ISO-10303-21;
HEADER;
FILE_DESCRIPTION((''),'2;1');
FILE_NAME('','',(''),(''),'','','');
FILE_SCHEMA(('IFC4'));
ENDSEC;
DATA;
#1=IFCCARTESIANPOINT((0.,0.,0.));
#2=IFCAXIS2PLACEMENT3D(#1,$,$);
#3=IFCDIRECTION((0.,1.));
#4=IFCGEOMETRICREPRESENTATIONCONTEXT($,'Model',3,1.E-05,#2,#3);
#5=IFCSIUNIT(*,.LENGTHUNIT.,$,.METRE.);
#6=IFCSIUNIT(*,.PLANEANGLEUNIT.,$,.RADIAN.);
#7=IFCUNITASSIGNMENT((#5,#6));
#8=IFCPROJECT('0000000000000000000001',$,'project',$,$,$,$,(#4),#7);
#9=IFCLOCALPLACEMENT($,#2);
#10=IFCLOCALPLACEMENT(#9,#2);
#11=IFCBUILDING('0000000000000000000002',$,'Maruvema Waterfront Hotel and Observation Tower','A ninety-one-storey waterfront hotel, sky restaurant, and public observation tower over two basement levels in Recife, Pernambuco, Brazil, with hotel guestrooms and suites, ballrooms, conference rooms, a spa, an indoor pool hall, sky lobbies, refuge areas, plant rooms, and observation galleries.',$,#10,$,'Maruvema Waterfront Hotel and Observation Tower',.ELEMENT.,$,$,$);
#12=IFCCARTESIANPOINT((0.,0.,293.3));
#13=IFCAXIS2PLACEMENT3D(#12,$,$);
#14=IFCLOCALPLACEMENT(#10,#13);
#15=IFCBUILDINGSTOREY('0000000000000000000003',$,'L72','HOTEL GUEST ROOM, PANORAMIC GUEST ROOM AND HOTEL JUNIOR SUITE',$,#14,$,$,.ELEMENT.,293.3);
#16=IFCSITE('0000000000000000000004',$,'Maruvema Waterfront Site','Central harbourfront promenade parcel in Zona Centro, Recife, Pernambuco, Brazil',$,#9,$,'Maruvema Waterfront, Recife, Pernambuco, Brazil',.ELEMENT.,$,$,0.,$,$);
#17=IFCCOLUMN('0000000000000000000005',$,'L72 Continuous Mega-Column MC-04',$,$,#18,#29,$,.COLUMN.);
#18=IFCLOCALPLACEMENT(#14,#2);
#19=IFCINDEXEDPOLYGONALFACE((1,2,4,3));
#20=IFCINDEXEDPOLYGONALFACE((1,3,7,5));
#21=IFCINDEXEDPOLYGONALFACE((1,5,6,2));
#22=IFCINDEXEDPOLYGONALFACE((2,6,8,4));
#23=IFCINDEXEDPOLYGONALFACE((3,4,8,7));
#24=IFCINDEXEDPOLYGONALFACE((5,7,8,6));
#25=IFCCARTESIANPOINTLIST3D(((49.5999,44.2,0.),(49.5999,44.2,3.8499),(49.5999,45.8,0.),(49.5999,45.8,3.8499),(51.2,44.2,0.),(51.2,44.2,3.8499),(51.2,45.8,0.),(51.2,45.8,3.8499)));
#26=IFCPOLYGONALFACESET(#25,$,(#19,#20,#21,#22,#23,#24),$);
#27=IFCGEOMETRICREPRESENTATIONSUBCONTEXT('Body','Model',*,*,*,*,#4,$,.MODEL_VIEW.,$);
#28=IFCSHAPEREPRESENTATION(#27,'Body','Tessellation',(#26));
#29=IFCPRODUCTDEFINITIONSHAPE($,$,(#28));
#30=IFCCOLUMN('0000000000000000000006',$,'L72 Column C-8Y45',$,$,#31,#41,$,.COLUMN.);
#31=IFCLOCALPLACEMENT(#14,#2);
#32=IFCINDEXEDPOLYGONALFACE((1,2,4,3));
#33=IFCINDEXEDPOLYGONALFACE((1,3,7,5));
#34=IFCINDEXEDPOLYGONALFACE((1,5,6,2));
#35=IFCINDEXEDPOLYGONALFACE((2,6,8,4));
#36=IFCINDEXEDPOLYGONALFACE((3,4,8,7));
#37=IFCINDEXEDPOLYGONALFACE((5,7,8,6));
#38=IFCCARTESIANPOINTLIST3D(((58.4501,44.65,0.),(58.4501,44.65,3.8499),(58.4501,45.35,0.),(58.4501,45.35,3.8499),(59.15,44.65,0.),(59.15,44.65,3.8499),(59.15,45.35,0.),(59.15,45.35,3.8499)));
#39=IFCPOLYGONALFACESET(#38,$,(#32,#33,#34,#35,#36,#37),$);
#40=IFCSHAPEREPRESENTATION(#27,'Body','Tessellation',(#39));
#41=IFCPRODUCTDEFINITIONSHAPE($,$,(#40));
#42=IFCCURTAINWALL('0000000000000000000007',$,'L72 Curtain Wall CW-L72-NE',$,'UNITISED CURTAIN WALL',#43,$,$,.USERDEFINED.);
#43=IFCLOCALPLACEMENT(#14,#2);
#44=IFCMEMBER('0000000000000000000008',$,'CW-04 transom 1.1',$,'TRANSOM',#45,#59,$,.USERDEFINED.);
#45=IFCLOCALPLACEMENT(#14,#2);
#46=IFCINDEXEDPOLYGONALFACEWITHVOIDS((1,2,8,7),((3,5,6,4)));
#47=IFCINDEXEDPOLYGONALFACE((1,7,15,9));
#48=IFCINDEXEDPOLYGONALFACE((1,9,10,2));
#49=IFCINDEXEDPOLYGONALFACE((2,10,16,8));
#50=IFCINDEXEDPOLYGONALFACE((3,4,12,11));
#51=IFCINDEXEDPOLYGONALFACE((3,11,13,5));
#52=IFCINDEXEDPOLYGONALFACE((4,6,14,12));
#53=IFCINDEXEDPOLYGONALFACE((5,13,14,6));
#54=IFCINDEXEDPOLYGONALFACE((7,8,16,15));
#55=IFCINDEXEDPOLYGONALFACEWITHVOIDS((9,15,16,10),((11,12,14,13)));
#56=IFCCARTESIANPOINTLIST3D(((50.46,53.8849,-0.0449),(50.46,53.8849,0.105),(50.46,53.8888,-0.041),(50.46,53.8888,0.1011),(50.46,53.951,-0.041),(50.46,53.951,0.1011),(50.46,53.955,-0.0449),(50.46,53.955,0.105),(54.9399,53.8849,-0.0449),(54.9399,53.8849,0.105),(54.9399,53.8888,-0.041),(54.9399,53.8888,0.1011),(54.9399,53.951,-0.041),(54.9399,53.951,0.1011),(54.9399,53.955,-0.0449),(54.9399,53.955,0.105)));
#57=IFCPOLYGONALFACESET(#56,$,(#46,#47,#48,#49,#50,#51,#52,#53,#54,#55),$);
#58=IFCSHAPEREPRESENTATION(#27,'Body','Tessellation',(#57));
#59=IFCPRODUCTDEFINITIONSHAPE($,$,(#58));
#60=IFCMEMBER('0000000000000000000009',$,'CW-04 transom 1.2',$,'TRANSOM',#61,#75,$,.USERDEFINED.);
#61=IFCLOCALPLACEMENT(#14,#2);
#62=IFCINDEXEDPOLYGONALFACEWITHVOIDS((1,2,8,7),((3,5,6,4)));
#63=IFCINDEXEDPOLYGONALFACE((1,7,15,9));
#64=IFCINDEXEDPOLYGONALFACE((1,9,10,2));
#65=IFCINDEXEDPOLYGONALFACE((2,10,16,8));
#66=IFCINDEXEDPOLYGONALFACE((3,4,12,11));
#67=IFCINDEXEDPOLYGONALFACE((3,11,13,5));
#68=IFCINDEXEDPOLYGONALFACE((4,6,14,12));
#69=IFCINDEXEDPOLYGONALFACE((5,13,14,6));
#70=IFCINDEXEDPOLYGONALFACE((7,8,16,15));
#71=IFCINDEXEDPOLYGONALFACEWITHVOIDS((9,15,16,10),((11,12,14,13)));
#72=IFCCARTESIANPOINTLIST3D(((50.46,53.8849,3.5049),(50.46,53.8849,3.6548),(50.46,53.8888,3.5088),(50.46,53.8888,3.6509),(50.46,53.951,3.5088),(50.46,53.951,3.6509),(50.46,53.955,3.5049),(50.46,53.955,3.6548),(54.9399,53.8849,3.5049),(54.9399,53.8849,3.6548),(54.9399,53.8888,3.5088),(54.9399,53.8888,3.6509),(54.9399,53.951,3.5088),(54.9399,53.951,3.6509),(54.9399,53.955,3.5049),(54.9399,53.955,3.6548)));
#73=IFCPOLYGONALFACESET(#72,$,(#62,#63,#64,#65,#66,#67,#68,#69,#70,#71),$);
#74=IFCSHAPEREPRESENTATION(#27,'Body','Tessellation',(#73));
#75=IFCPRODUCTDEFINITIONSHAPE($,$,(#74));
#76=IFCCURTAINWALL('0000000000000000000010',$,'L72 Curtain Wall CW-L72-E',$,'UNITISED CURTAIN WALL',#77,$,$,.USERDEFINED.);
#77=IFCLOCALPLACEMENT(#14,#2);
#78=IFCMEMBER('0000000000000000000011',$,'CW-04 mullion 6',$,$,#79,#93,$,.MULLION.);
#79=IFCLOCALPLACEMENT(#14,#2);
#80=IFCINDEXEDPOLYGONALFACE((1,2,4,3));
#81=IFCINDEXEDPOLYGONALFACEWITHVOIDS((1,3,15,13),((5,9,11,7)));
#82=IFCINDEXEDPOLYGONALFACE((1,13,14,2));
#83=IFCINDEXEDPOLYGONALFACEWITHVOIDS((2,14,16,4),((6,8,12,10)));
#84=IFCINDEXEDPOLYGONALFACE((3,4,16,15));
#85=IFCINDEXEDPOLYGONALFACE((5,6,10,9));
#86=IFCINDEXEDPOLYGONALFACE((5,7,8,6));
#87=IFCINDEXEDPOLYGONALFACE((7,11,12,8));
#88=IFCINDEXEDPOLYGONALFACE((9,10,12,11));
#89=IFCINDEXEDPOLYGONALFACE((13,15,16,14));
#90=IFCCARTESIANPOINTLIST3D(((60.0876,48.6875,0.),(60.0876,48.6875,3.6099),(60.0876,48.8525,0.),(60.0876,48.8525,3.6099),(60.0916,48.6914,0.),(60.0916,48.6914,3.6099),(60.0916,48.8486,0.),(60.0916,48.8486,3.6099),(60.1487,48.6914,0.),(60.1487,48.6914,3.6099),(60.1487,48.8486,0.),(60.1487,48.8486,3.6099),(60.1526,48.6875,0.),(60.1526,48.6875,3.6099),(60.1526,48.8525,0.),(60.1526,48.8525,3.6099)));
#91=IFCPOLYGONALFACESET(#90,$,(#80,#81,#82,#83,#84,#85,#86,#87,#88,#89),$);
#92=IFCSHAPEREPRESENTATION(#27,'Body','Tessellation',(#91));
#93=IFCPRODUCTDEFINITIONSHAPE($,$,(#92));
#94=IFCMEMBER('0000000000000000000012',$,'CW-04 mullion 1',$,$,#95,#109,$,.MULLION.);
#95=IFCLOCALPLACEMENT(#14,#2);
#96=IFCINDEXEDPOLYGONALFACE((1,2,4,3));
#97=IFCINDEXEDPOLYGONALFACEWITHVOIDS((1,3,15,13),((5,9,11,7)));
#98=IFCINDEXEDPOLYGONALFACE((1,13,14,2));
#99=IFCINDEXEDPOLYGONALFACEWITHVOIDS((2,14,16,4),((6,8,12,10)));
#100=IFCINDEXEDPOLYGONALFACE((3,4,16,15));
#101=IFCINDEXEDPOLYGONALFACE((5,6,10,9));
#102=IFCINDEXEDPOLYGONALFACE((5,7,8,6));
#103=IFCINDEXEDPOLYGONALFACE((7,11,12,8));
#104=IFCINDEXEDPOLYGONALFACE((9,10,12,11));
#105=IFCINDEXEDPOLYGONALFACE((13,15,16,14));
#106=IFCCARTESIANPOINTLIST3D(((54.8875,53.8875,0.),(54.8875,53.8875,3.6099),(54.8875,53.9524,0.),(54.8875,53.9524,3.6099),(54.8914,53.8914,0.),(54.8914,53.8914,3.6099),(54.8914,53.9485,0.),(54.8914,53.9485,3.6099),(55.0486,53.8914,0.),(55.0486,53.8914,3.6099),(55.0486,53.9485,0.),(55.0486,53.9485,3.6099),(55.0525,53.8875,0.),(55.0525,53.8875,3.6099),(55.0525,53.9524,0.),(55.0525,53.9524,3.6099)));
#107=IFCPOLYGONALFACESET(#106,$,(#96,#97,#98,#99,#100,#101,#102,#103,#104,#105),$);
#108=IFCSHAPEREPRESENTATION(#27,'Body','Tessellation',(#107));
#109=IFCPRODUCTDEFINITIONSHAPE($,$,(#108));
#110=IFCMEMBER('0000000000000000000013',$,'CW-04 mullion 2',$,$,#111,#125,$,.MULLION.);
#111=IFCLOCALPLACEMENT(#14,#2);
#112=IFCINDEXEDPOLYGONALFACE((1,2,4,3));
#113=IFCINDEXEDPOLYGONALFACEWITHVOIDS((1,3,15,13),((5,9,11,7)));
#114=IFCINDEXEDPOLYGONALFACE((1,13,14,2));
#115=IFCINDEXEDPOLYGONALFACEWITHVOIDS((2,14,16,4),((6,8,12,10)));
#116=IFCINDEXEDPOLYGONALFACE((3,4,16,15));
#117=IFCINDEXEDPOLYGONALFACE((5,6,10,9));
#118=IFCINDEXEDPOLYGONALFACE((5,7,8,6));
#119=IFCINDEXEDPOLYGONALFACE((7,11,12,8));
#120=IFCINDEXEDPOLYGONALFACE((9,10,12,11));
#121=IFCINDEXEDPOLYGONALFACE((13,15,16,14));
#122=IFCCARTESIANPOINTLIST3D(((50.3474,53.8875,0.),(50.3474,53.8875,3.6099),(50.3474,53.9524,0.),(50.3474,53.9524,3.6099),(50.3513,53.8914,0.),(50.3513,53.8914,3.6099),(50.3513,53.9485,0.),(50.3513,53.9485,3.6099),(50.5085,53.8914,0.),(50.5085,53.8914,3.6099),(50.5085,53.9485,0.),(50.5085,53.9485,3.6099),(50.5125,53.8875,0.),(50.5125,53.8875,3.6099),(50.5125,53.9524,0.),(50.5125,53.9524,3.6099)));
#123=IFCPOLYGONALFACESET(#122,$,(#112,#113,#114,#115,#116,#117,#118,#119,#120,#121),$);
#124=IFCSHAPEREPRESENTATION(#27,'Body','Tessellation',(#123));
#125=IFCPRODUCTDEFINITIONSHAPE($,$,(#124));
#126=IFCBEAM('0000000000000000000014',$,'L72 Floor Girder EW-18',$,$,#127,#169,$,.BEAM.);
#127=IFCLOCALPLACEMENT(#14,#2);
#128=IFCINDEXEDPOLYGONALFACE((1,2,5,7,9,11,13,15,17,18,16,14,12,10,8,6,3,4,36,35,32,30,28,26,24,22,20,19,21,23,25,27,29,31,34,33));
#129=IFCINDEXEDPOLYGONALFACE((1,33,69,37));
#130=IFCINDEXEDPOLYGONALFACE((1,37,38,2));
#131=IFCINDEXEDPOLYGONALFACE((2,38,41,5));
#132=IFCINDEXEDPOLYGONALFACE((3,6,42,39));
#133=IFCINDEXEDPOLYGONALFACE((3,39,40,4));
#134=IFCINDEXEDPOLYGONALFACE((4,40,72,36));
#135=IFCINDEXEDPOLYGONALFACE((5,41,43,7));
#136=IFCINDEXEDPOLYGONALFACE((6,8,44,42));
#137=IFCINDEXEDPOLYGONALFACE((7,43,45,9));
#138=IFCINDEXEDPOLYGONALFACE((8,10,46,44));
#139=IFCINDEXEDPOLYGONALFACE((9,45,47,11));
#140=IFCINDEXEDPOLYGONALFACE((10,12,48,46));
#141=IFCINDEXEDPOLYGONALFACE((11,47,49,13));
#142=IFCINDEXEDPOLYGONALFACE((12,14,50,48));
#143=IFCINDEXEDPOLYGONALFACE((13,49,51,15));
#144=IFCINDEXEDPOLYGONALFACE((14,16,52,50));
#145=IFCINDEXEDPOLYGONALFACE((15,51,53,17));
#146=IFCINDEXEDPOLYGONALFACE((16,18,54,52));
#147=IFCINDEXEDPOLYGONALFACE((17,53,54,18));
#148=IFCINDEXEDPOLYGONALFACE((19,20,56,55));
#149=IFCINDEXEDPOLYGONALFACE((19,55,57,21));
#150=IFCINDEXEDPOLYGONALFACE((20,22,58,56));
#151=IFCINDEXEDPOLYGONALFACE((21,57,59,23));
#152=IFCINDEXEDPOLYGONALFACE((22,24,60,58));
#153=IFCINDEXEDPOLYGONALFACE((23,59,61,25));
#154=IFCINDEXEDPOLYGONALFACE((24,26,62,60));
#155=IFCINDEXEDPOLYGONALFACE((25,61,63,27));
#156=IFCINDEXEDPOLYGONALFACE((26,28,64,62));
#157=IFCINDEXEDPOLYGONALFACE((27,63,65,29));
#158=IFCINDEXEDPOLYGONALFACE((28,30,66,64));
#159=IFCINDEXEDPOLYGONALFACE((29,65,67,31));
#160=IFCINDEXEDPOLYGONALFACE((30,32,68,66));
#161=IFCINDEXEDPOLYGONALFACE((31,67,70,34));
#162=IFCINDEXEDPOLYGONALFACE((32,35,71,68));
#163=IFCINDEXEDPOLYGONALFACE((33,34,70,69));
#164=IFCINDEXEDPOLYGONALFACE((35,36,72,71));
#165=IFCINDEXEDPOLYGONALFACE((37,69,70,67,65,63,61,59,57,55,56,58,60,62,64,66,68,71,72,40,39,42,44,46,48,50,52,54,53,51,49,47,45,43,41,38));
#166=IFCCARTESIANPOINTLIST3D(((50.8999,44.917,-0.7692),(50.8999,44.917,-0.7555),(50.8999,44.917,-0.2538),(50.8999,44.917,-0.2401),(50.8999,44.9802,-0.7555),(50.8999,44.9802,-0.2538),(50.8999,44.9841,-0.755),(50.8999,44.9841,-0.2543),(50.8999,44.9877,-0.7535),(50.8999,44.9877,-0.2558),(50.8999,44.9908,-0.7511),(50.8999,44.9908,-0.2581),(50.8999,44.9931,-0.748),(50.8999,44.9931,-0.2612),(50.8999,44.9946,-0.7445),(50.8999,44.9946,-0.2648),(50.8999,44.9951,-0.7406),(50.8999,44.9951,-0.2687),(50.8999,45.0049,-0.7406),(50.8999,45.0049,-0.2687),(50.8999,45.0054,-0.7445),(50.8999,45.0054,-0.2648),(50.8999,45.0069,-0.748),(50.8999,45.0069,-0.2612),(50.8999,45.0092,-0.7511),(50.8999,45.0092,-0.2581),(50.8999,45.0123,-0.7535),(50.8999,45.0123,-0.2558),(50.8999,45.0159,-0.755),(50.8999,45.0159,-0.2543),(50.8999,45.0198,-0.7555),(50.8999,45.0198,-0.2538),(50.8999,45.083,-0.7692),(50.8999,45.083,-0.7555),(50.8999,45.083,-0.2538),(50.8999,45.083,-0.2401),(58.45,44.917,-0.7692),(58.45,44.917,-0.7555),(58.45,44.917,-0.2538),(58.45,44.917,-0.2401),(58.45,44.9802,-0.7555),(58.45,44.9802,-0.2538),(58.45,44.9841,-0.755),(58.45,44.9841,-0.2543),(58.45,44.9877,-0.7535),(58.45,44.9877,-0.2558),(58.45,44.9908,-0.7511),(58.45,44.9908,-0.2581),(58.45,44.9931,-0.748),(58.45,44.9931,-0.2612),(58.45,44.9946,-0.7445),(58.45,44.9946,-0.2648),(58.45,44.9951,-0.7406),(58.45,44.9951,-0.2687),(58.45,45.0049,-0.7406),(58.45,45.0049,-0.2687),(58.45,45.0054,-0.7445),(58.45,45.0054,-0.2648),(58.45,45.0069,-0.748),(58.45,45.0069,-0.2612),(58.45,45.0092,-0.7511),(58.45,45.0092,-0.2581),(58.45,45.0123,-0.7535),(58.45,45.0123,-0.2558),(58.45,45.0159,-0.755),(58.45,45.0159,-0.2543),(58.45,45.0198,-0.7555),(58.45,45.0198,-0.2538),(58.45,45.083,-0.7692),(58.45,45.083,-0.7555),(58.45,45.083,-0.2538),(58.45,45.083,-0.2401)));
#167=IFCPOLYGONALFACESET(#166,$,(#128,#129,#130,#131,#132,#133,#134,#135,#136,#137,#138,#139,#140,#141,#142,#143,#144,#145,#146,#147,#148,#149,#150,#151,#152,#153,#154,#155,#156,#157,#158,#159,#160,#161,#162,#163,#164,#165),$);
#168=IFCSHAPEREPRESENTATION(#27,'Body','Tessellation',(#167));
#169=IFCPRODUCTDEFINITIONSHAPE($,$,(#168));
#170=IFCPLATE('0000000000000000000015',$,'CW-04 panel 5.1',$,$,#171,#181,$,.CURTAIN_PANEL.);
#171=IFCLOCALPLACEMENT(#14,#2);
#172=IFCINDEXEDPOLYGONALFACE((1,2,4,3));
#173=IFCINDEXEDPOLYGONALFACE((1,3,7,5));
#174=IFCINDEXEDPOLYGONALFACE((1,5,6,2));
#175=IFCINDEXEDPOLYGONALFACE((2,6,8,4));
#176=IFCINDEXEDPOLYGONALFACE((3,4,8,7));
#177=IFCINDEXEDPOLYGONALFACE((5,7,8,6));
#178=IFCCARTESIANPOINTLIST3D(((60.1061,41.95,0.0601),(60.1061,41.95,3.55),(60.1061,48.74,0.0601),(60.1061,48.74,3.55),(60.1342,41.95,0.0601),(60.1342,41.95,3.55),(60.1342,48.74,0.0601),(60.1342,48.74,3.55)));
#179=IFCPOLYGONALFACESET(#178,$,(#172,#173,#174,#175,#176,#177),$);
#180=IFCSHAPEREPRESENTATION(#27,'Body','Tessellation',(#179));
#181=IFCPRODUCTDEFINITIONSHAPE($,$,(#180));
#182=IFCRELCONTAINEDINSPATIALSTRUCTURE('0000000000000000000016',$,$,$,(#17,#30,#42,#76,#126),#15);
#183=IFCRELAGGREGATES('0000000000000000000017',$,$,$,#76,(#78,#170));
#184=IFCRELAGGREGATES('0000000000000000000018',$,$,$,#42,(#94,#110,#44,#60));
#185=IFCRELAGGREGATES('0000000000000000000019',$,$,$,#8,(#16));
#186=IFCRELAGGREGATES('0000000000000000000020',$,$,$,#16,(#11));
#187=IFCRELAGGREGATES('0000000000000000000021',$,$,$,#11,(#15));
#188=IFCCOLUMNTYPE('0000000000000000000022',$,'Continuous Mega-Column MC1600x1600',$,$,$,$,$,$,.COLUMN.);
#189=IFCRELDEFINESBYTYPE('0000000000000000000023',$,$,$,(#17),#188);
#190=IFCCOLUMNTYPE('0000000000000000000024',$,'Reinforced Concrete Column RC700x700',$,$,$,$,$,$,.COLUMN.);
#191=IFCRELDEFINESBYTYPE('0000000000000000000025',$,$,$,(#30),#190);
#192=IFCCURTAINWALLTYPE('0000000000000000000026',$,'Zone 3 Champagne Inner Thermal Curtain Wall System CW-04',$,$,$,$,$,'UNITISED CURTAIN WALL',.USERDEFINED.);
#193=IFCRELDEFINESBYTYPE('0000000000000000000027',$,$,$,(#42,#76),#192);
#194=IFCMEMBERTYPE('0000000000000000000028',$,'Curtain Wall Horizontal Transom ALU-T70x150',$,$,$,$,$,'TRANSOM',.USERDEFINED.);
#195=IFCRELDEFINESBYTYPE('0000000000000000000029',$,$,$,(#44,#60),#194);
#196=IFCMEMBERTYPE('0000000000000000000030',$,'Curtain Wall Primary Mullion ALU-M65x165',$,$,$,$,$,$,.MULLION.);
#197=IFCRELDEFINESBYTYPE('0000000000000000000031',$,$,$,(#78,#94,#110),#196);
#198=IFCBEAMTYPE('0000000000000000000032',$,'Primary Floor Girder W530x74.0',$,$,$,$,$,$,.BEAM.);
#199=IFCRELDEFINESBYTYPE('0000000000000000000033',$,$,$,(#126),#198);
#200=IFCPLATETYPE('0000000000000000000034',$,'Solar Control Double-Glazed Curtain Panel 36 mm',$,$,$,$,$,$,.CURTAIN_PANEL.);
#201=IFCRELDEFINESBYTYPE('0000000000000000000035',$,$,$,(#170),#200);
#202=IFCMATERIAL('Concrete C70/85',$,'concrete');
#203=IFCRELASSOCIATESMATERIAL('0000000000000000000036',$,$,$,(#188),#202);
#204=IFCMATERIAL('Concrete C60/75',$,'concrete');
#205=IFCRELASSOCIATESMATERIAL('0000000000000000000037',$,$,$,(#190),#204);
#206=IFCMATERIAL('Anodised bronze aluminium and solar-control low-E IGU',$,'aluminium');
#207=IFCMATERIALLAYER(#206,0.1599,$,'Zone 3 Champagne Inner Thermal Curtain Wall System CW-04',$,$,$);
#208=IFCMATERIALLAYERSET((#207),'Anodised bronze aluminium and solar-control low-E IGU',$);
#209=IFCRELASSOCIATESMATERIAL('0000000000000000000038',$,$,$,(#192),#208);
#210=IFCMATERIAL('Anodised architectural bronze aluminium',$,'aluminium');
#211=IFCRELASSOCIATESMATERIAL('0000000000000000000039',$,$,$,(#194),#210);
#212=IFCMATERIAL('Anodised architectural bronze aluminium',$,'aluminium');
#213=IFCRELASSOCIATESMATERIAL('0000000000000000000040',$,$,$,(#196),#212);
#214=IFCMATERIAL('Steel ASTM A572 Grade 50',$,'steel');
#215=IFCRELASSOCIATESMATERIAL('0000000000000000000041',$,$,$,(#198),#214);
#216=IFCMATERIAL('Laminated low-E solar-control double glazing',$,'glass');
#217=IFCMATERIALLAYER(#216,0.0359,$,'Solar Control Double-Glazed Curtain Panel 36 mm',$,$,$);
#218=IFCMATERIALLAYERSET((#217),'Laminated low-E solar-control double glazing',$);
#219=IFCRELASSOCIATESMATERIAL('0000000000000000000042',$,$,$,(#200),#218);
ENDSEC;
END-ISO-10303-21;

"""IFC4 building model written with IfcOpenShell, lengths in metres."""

from ifc_helpers import new_model, si_unit, direction, frame, origin, origin_2d, place, context, subcontext, project, spatial, rectangle, hollow_rectangle, i_section, extrude, material, layer, layer_set, material_profile, profile_set, type_object, element, aggregate, save


model = new_model("IFC4")

# Units and contexts
model_context = context("Model", 3, precision=1e-05, world=origin(), true_north=direction((0.0, 1.0)))
body_context = subcontext(model_context, "Body", "Model", "MODEL_VIEW")
ifc_project = project(units=[si_unit("LENGTHUNIT", "METRE"), si_unit("PLANEANGLEUNIT", "RADIAN")], contexts=[model_context])

# Site, building, storey
site_placement = place(None, origin())
site = spatial("IfcSite", under=ifc_project, at=site_placement, Name="Maruvema Waterfront Site", Description="Central harbourfront promenade parcel in Zona Centro, Recife, Pernambuco, Brazil", LongName="Maruvema Waterfront, Recife, Pernambuco, Brazil", CompositionType="ELEMENT", RefElevation=0.0)
building_placement = place(site_placement, origin())
building = spatial("IfcBuilding", under=site, at=building_placement, Name="Maruvema Waterfront Hotel and Observation Tower", Description="A ninety-one-storey waterfront hotel, sky restaurant, and public observation tower over two basement levels in Recife, Pernambuco, Brazil, with hotel guestrooms and suites, ballrooms, conference rooms, a spa, an indoor pool hall, sky lobbies, refuge areas, plant rooms, and observation galleries.", LongName="Maruvema Waterfront Hotel and Observation Tower", CompositionType="ELEMENT")
storey_placement = place(building_placement, frame((0.0, 0.0, 293.3)))
storey = spatial("IfcBuildingStorey", under=building, at=storey_placement, Name="L72", Description="HOTEL GUEST ROOM, PANORAMIC GUEST ROOM AND HOTEL JUNIOR SUITE", CompositionType="ELEMENT", Elevation=293.3)

# Columns
ifc_material_1 = material(Name="Concrete C70/85", Category="concrete")
ifc_material_profile_1 = material_profile(ifc_material_1, rectangle(XDim=1.6001, YDim=1.6001, at=origin_2d()), Name="MC1600x1600")
ifc_profile_set_1 = profile_set([ifc_material_profile_1], Name="Concrete C70/85")
column_type_1 = type_object("IfcColumnType", Name="Continuous Mega-Column MC1600x1600", PredefinedType="COLUMN", material=ifc_profile_set_1)
column_1_placement = place(storey_placement, frame((50.3999, 45.0, 0.0), z_axis=(0.0, 0.0, 1.0), x_axis=(1.0, 0.0, 0.0)))
element("IfcColumn", 1, at=column_1_placement, inside=storey, type_object=column_type_1, Name="L72 Continuous Mega-Column MC-04", PredefinedType="COLUMN", context=body_context, shape_type="SweptSolid", body=[
    extrude(rectangle(XDim=1.6001, YDim=1.6001, at=origin_2d()), origin(), (0.0, 0.0, 1.0), 3.8499),
])
ifc_material_2 = material(Name="Concrete C60/75", Category="concrete")
ifc_material_profile_2 = material_profile(ifc_material_2, rectangle(XDim=0.7, YDim=0.7, at=origin_2d()), Name="RC700x700")
ifc_profile_set_2 = profile_set([ifc_material_profile_2], Name="Concrete C60/75")
column_type_2 = type_object("IfcColumnType", Name="Reinforced Concrete Column RC700x700", PredefinedType="COLUMN", material=ifc_profile_set_2)
column_2_placement = place(storey_placement, frame((58.8, 45.0, 0.0), z_axis=(0.0, 0.0, 1.0), x_axis=(1.0, 0.0, 0.0)))
element("IfcColumn", 2, at=column_2_placement, inside=storey, type_object=column_type_2, Name="L72 Column C-8Y45", PredefinedType="COLUMN", context=body_context, shape_type="SweptSolid", body=[
    extrude(rectangle(XDim=0.7, YDim=0.7, at=origin_2d()), origin(), (0.0, 0.0, 1.0), 3.8499),
])

# Curtain wall, members
ifc_material_3 = material(Name="Anodised bronze aluminium and solar-control low-E IGU", Category="aluminium")
ifc_layer_1 = layer(ifc_material_3, 0.1599, Name="Zone 3 Champagne Inner Thermal Curtain Wall System CW-04")
ifc_layer_set_1 = layer_set([ifc_layer_1], Name="Anodised bronze aluminium and solar-control low-E IGU")
curtain_wall_type = type_object("IfcCurtainWallType", Name="Zone 3 Champagne Inner Thermal Curtain Wall System CW-04", ElementType="UNITISED CURTAIN WALL", PredefinedType="USERDEFINED", material=ifc_layer_set_1)
curtain_wall_1_placement = place(storey_placement, origin())
curtain_wall_1 = element("IfcCurtainWall", 3, at=curtain_wall_1_placement, inside=storey, type_object=curtain_wall_type, Name="L72 Curtain Wall CW-L72-NE", ObjectType="UNITISED CURTAIN WALL", PredefinedType="USERDEFINED")
ifc_material_4 = material(Name="Anodised architectural bronze aluminium", Category="aluminium")
ifc_material_profile_3 = material_profile(ifc_material_4, hollow_rectangle(XDim=0.0701, YDim=0.1499, WallThickness=0.0039, at=origin_2d()), Name="ALU-T70x150")
ifc_profile_set_3 = profile_set([ifc_material_profile_3], Name="Anodised architectural bronze aluminium")
member_type_1 = type_object("IfcMemberType", Name="Curtain Wall Horizontal Transom ALU-T70x150", ElementType="TRANSOM", PredefinedType="USERDEFINED", material=ifc_profile_set_3)
member_1_placement = place(storey_placement, frame((54.9399, 53.9199, 0.03), z_axis=(-1.0, 0.0, 0.0), x_axis=(0.0, -1.0, 0.0)))
member_1 = element("IfcMember", 4, at=member_1_placement, type_object=member_type_1, Name="CW-04 transom 1.1", ObjectType="TRANSOM", PredefinedType="USERDEFINED", context=body_context, shape_type="SweptSolid", body=[
    extrude(hollow_rectangle(XDim=0.0701, YDim=0.1499, WallThickness=0.0039, at=origin_2d()), origin(), (0.0, 0.0, 1.0), 4.48),
])
member_2_placement = place(storey_placement, frame((54.9399, 53.9199, 3.5798), z_axis=(-1.0, 0.0, 0.0), x_axis=(0.0, -1.0, 0.0)))
member_2 = element("IfcMember", 5, at=member_2_placement, type_object=member_type_1, Name="CW-04 transom 1.2", ObjectType="TRANSOM", PredefinedType="USERDEFINED", context=body_context, shape_type="SweptSolid", body=[
    extrude(hollow_rectangle(XDim=0.0701, YDim=0.1499, WallThickness=0.0039, at=origin_2d()), origin(), (0.0, 0.0, 1.0), 4.48),
])

# Curtain wall, member
curtain_wall_2_placement = place(storey_placement, origin())
curtain_wall_2 = element("IfcCurtainWall", 6, at=curtain_wall_2_placement, inside=storey, type_object=curtain_wall_type, Name="L72 Curtain Wall CW-L72-E", ObjectType="UNITISED CURTAIN WALL", PredefinedType="USERDEFINED")
ifc_material_5 = material(Name="Anodised architectural bronze aluminium", Category="aluminium")
ifc_material_profile_4 = material_profile(ifc_material_5, hollow_rectangle(XDim=0.0649, YDim=0.165, WallThickness=0.0039, at=origin_2d()), Name="ALU-M65x165")
ifc_profile_set_4 = profile_set([ifc_material_profile_4], Name="Anodised architectural bronze aluminium")
member_type_2 = type_object("IfcMemberType", Name="Curtain Wall Primary Mullion ALU-M65x165", PredefinedType="MULLION", material=ifc_profile_set_4)
member_3_placement = place(storey_placement, frame((60.1201, 48.77, 0.0), z_axis=(0.0, 0.0, 1.0), x_axis=(-1.0, 0.0, 0.0)))
member_3 = element("IfcMember", 7, at=member_3_placement, type_object=member_type_2, Name="CW-04 mullion 6", PredefinedType="MULLION", context=body_context, shape_type="SweptSolid", body=[
    extrude(hollow_rectangle(XDim=0.0649, YDim=0.165, WallThickness=0.0039, at=origin_2d()), origin(), (0.0, 0.0, 1.0), 3.6099),
])

# Members
member_4_placement = place(storey_placement, frame((54.97, 53.9199, 0.0), z_axis=(0.0, 0.0, 1.0), x_axis=(0.0, -1.0, 0.0)))
member_4 = element("IfcMember", 8, at=member_4_placement, type_object=member_type_2, Name="CW-04 mullion 1", PredefinedType="MULLION", context=body_context, shape_type="SweptSolid", body=[
    extrude(hollow_rectangle(XDim=0.0649, YDim=0.165, WallThickness=0.0039, at=origin_2d()), origin(), (0.0, 0.0, 1.0), 3.6099),
])
member_5_placement = place(storey_placement, frame((50.4299, 53.9199, 0.0), z_axis=(0.0, 0.0, 1.0), x_axis=(0.0, -1.0, 0.0)))
member_5 = element("IfcMember", 9, at=member_5_placement, type_object=member_type_2, Name="CW-04 mullion 2", PredefinedType="MULLION", context=body_context, shape_type="SweptSolid", body=[
    extrude(hollow_rectangle(XDim=0.0649, YDim=0.165, WallThickness=0.0039, at=origin_2d()), origin(), (0.0, 0.0, 1.0), 3.6099),
])

# Beam
ifc_material_6 = material(Name="Steel ASTM A572 Grade 50", Category="steel")
ifc_material_profile_5 = material_profile(ifc_material_6, i_section(OverallWidth=0.166, OverallDepth=0.5291, WebThickness=0.0098, FlangeThickness=0.0137, FilletRadius=0.0149, at=origin_2d()), Name="W530x74.0")
ifc_profile_set_5 = profile_set([ifc_material_profile_5], Name="Steel ASTM A572 Grade 50")
beam_type = type_object("IfcBeamType", Name="Primary Floor Girder W530x74.0", PredefinedType="BEAM", material=ifc_profile_set_5)
beam_placement = place(storey_placement, frame((50.8999, 45.0, -0.5046), z_axis=(1.0, 0.0, 0.0), x_axis=(0.0, 1.0, 0.0)))
element("IfcBeam", 10, at=beam_placement, inside=storey, type_object=beam_type, Name="L72 Floor Girder EW-18", PredefinedType="BEAM", context=body_context, shape_type="SweptSolid", body=[
    extrude(i_section(OverallWidth=0.166, OverallDepth=0.5291, WebThickness=0.0098, FlangeThickness=0.0137, FilletRadius=0.0149, at=origin_2d()), origin(), (0.0, 0.0, 1.0), 7.55),
])

# Plate
ifc_material_7 = material(Name="Laminated low-E solar-control double glazing", Category="glass")
ifc_layer_2 = layer(ifc_material_7, 0.0359, Name="Solar Control Double-Glazed Curtain Panel 36 mm")
ifc_layer_set_2 = layer_set([ifc_layer_2], Name="Laminated low-E solar-control double glazing")
plate_type = type_object("IfcPlateType", Name="Solar Control Double-Glazed Curtain Panel 36 mm", PredefinedType="CURTAIN_PANEL", material=ifc_layer_set_2)
plate_1_placement = place(storey_placement, frame((60.1201, 45.345, 0.0601), z_axis=(0.0, 0.0, 1.0), x_axis=(0.0, 1.0, 0.0)))
plate_1 = element("IfcPlate", 11, at=plate_1_placement, type_object=plate_type, Name="CW-04 panel 5.1", PredefinedType="CURTAIN_PANEL", context=body_context, shape_type="SweptSolid", body=[
    extrude(rectangle(XDim=6.79, YDim=0.0281, at=origin_2d()), origin(), (0.0, 0.0, 1.0), 3.49),
])
aggregate(curtain_wall_2, [member_3, plate_1])
aggregate(curtain_wall_1, [member_4, member_5, member_1, member_2])

save(model, "model.ifc")
